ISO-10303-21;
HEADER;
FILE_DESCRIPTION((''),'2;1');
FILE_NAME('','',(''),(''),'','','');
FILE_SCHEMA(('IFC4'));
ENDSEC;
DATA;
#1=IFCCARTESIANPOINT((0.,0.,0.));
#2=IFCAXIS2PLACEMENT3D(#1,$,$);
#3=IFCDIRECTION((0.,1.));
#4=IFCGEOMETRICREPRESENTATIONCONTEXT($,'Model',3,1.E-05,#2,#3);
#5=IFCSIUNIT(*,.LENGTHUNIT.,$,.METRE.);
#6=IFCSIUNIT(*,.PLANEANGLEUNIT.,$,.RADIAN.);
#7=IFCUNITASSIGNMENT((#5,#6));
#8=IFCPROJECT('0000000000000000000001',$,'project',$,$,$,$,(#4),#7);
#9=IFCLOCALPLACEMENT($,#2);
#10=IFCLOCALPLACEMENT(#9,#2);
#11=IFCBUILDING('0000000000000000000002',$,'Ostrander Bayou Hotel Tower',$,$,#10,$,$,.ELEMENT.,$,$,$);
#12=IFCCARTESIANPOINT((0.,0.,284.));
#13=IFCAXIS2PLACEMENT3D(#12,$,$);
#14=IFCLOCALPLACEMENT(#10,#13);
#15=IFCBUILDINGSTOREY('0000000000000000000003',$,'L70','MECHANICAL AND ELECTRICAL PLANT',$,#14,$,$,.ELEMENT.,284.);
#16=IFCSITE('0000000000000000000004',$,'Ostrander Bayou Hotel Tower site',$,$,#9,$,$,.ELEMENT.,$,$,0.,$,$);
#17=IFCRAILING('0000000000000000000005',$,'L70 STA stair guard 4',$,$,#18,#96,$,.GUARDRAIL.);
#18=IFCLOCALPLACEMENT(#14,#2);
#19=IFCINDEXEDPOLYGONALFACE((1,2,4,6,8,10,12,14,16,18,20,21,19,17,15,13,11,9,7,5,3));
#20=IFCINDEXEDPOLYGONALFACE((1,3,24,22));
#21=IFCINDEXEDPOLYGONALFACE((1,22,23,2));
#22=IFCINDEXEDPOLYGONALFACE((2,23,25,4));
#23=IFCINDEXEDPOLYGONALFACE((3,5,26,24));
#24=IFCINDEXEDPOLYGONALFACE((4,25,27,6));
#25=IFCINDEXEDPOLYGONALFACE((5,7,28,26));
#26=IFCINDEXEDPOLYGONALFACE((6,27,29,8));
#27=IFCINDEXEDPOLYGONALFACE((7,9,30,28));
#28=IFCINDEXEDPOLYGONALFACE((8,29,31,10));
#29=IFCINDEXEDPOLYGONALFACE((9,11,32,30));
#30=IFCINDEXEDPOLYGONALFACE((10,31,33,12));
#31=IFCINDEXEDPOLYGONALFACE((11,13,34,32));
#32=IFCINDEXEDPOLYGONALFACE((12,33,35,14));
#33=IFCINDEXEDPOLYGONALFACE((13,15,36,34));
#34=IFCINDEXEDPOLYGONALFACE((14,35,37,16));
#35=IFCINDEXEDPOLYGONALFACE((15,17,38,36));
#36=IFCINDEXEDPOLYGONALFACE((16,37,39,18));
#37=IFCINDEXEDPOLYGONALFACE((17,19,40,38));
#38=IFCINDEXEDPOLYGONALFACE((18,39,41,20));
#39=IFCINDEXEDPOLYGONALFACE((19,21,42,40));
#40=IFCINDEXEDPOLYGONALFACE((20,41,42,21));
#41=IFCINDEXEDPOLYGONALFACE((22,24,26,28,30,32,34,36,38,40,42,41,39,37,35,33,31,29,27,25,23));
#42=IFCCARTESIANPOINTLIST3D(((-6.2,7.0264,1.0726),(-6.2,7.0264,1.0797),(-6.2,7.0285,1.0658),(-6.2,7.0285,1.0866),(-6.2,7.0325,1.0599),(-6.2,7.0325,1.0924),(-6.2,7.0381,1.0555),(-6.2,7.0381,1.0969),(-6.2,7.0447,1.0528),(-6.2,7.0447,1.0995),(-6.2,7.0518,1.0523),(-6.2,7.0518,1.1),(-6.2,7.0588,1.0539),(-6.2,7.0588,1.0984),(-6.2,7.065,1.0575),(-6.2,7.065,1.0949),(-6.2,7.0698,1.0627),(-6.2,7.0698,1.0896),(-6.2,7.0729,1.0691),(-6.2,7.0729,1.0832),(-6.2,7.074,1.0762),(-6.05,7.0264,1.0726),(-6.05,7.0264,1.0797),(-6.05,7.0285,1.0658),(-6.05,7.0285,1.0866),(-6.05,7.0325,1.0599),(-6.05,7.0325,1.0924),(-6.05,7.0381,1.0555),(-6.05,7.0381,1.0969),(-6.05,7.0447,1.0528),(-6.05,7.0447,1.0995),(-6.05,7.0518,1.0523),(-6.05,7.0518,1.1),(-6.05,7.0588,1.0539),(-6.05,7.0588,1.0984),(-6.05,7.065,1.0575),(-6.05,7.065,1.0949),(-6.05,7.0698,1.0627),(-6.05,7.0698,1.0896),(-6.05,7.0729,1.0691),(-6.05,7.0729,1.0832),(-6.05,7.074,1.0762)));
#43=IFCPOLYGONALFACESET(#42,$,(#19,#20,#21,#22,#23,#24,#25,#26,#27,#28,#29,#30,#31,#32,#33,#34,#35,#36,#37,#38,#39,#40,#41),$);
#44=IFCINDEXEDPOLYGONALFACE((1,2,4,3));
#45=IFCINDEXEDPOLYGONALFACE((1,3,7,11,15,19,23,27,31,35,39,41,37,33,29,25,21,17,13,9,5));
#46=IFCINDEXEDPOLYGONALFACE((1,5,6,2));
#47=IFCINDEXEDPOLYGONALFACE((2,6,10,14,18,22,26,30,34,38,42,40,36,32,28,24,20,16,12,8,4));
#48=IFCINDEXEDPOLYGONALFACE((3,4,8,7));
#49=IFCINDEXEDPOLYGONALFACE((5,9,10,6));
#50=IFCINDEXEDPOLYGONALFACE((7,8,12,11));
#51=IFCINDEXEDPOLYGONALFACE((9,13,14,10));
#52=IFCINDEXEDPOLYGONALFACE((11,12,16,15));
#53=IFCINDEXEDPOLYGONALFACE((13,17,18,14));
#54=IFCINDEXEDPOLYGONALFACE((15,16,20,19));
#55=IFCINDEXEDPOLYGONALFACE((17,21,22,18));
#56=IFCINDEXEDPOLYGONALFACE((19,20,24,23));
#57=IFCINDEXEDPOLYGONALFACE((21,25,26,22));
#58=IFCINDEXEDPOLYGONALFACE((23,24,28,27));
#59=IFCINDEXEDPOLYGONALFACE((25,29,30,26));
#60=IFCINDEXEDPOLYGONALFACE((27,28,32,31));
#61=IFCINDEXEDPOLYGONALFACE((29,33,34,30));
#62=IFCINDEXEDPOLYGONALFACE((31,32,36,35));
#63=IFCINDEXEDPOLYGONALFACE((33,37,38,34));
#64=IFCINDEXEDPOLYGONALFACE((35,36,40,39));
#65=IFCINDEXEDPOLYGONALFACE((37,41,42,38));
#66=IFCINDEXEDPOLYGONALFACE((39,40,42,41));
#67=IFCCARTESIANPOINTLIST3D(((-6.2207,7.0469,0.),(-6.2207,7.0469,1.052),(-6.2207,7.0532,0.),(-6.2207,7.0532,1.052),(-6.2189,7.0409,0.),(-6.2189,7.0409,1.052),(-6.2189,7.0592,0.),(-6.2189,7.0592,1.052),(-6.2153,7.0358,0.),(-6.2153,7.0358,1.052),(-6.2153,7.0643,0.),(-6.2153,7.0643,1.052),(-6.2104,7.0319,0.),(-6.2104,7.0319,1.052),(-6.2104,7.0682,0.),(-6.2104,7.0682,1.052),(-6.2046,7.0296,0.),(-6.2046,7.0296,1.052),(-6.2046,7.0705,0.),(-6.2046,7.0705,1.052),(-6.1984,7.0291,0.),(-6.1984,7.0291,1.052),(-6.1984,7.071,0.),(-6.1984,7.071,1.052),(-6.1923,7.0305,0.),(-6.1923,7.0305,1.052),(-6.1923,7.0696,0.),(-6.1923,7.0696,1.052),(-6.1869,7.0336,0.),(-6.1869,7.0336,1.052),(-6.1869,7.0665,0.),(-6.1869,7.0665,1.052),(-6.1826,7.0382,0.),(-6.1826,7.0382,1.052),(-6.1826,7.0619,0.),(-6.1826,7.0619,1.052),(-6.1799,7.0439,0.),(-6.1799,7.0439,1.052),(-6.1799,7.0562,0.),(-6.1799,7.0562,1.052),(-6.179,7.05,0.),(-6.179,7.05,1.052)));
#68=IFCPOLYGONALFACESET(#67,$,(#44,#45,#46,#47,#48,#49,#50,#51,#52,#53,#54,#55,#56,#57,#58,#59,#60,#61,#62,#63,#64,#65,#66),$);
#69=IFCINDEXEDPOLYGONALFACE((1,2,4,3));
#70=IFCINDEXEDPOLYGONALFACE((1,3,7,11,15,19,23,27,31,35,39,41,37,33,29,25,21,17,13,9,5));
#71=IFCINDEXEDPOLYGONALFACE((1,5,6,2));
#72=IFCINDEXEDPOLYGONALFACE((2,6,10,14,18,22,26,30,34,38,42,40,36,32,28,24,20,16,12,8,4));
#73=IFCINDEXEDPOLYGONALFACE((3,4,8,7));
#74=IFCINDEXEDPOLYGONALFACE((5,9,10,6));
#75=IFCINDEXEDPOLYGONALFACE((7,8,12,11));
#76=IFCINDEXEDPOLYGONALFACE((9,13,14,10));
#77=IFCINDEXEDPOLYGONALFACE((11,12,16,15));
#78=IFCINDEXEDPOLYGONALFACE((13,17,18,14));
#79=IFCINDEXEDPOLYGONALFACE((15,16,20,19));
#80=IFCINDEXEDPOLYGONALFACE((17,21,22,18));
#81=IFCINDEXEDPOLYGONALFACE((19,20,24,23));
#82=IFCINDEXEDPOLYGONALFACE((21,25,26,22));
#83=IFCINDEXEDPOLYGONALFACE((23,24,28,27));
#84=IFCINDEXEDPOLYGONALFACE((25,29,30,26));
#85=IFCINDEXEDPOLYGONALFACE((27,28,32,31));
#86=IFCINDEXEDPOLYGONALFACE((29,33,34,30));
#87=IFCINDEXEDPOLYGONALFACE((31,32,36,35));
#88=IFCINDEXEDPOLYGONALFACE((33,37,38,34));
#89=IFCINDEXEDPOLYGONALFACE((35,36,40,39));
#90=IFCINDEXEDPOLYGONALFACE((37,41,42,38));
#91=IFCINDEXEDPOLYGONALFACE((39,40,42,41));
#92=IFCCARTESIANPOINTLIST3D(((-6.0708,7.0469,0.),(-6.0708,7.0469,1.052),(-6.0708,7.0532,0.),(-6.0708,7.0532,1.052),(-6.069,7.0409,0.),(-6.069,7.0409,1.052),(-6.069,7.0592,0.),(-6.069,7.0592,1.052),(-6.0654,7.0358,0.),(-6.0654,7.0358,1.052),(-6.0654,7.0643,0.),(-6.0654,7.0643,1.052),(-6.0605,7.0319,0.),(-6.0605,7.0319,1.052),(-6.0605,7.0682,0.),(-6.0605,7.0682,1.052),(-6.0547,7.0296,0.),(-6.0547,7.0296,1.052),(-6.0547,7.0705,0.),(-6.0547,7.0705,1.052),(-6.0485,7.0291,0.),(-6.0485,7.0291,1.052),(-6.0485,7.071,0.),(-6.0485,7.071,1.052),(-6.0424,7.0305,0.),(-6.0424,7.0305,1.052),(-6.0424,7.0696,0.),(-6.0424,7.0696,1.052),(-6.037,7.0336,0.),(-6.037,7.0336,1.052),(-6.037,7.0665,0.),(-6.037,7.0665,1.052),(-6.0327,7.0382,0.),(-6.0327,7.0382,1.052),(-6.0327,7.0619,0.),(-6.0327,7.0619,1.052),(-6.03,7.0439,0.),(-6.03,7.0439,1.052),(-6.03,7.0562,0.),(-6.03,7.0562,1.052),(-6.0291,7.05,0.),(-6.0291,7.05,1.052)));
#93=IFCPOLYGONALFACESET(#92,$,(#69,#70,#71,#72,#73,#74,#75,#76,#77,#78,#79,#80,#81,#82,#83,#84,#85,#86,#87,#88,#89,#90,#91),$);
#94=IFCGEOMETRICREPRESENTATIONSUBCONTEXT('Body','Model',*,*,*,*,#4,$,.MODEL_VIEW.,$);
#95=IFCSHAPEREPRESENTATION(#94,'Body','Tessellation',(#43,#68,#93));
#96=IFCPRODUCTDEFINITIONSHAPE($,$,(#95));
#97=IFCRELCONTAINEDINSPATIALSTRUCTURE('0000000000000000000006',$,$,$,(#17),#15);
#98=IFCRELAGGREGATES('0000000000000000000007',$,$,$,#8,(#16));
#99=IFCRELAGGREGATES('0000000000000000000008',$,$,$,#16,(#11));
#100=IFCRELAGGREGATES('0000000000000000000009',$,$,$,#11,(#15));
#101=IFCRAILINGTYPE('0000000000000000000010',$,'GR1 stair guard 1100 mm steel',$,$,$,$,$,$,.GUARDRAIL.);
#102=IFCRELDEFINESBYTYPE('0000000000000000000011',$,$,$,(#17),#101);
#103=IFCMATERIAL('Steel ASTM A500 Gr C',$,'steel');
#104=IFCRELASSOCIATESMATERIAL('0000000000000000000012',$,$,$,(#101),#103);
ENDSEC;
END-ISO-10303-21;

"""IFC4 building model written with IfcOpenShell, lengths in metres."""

from ifc_helpers import new_model, si_unit, direction, frame, origin, origin_2d, place, context, subcontext, project, spatial, circle, extrude, material, type_object, element, save


model = new_model("IFC4")

# Units and contexts
model_context = context("Model", 3, precision=1e-05, world=origin(), true_north=direction((0.0, 1.0)))
body_context = subcontext(model_context, "Body", "Model", "MODEL_VIEW")
ifc_project = project(units=[si_unit("LENGTHUNIT", "METRE"), si_unit("PLANEANGLEUNIT", "RADIAN")], contexts=[model_context])

# Site, building, storey
site_placement = place(None, origin())
site = spatial("IfcSite", under=ifc_project, at=site_placement, Name="Ostrander Bayou Hotel Tower site", CompositionType="ELEMENT", RefElevation=0.0)
building_placement = place(site_placement, origin())
building = spatial("IfcBuilding", under=site, at=building_placement, Name="Ostrander Bayou Hotel Tower", CompositionType="ELEMENT")
storey_placement = place(building_placement, frame((0.0, 0.0, 284.0)))
storey = spatial("IfcBuildingStorey", under=building, at=storey_placement, Name="L70", Description="MECHANICAL AND ELECTRICAL PLANT", CompositionType="ELEMENT", Elevation=284.0)

# Railing
ifc_material_1 = material(Name="Steel ASTM A500 Gr C", Category="steel")
railing_type_1 = type_object("IfcRailingType", Name="GR1 stair guard 1100 mm steel", PredefinedType="GUARDRAIL", material=ifc_material_1)
railing_1_placement = place(storey_placement, frame((-6.2, 7.05, 0.0)))
element("IfcRailing", 1, at=railing_1_placement, inside=storey, type_object=railing_type_1, Name="L70 STA stair guard 4", PredefinedType="GUARDRAIL", context=body_context, shape_type="SweptSolid", body=[
    extrude(circle(Radius=0.0239, at=origin_2d()), frame((0.0, 0.0, 1.0762), z_axis=(1.0, 0.0, 0.0), x_axis=(0.0, 1.0, 0.0)), (0.0, 0.0, 1.0), 0.1499),
    extrude(circle(Radius=0.021, at=origin_2d()), origin(), (0.0, 0.0, 1.0), 1.052),
    extrude(circle(Radius=0.021, at=origin_2d()), frame((0.1499, 0.0, 0.0)), (0.0, 0.0, 1.0), 1.052),
])

save(model, "model.ifc")
